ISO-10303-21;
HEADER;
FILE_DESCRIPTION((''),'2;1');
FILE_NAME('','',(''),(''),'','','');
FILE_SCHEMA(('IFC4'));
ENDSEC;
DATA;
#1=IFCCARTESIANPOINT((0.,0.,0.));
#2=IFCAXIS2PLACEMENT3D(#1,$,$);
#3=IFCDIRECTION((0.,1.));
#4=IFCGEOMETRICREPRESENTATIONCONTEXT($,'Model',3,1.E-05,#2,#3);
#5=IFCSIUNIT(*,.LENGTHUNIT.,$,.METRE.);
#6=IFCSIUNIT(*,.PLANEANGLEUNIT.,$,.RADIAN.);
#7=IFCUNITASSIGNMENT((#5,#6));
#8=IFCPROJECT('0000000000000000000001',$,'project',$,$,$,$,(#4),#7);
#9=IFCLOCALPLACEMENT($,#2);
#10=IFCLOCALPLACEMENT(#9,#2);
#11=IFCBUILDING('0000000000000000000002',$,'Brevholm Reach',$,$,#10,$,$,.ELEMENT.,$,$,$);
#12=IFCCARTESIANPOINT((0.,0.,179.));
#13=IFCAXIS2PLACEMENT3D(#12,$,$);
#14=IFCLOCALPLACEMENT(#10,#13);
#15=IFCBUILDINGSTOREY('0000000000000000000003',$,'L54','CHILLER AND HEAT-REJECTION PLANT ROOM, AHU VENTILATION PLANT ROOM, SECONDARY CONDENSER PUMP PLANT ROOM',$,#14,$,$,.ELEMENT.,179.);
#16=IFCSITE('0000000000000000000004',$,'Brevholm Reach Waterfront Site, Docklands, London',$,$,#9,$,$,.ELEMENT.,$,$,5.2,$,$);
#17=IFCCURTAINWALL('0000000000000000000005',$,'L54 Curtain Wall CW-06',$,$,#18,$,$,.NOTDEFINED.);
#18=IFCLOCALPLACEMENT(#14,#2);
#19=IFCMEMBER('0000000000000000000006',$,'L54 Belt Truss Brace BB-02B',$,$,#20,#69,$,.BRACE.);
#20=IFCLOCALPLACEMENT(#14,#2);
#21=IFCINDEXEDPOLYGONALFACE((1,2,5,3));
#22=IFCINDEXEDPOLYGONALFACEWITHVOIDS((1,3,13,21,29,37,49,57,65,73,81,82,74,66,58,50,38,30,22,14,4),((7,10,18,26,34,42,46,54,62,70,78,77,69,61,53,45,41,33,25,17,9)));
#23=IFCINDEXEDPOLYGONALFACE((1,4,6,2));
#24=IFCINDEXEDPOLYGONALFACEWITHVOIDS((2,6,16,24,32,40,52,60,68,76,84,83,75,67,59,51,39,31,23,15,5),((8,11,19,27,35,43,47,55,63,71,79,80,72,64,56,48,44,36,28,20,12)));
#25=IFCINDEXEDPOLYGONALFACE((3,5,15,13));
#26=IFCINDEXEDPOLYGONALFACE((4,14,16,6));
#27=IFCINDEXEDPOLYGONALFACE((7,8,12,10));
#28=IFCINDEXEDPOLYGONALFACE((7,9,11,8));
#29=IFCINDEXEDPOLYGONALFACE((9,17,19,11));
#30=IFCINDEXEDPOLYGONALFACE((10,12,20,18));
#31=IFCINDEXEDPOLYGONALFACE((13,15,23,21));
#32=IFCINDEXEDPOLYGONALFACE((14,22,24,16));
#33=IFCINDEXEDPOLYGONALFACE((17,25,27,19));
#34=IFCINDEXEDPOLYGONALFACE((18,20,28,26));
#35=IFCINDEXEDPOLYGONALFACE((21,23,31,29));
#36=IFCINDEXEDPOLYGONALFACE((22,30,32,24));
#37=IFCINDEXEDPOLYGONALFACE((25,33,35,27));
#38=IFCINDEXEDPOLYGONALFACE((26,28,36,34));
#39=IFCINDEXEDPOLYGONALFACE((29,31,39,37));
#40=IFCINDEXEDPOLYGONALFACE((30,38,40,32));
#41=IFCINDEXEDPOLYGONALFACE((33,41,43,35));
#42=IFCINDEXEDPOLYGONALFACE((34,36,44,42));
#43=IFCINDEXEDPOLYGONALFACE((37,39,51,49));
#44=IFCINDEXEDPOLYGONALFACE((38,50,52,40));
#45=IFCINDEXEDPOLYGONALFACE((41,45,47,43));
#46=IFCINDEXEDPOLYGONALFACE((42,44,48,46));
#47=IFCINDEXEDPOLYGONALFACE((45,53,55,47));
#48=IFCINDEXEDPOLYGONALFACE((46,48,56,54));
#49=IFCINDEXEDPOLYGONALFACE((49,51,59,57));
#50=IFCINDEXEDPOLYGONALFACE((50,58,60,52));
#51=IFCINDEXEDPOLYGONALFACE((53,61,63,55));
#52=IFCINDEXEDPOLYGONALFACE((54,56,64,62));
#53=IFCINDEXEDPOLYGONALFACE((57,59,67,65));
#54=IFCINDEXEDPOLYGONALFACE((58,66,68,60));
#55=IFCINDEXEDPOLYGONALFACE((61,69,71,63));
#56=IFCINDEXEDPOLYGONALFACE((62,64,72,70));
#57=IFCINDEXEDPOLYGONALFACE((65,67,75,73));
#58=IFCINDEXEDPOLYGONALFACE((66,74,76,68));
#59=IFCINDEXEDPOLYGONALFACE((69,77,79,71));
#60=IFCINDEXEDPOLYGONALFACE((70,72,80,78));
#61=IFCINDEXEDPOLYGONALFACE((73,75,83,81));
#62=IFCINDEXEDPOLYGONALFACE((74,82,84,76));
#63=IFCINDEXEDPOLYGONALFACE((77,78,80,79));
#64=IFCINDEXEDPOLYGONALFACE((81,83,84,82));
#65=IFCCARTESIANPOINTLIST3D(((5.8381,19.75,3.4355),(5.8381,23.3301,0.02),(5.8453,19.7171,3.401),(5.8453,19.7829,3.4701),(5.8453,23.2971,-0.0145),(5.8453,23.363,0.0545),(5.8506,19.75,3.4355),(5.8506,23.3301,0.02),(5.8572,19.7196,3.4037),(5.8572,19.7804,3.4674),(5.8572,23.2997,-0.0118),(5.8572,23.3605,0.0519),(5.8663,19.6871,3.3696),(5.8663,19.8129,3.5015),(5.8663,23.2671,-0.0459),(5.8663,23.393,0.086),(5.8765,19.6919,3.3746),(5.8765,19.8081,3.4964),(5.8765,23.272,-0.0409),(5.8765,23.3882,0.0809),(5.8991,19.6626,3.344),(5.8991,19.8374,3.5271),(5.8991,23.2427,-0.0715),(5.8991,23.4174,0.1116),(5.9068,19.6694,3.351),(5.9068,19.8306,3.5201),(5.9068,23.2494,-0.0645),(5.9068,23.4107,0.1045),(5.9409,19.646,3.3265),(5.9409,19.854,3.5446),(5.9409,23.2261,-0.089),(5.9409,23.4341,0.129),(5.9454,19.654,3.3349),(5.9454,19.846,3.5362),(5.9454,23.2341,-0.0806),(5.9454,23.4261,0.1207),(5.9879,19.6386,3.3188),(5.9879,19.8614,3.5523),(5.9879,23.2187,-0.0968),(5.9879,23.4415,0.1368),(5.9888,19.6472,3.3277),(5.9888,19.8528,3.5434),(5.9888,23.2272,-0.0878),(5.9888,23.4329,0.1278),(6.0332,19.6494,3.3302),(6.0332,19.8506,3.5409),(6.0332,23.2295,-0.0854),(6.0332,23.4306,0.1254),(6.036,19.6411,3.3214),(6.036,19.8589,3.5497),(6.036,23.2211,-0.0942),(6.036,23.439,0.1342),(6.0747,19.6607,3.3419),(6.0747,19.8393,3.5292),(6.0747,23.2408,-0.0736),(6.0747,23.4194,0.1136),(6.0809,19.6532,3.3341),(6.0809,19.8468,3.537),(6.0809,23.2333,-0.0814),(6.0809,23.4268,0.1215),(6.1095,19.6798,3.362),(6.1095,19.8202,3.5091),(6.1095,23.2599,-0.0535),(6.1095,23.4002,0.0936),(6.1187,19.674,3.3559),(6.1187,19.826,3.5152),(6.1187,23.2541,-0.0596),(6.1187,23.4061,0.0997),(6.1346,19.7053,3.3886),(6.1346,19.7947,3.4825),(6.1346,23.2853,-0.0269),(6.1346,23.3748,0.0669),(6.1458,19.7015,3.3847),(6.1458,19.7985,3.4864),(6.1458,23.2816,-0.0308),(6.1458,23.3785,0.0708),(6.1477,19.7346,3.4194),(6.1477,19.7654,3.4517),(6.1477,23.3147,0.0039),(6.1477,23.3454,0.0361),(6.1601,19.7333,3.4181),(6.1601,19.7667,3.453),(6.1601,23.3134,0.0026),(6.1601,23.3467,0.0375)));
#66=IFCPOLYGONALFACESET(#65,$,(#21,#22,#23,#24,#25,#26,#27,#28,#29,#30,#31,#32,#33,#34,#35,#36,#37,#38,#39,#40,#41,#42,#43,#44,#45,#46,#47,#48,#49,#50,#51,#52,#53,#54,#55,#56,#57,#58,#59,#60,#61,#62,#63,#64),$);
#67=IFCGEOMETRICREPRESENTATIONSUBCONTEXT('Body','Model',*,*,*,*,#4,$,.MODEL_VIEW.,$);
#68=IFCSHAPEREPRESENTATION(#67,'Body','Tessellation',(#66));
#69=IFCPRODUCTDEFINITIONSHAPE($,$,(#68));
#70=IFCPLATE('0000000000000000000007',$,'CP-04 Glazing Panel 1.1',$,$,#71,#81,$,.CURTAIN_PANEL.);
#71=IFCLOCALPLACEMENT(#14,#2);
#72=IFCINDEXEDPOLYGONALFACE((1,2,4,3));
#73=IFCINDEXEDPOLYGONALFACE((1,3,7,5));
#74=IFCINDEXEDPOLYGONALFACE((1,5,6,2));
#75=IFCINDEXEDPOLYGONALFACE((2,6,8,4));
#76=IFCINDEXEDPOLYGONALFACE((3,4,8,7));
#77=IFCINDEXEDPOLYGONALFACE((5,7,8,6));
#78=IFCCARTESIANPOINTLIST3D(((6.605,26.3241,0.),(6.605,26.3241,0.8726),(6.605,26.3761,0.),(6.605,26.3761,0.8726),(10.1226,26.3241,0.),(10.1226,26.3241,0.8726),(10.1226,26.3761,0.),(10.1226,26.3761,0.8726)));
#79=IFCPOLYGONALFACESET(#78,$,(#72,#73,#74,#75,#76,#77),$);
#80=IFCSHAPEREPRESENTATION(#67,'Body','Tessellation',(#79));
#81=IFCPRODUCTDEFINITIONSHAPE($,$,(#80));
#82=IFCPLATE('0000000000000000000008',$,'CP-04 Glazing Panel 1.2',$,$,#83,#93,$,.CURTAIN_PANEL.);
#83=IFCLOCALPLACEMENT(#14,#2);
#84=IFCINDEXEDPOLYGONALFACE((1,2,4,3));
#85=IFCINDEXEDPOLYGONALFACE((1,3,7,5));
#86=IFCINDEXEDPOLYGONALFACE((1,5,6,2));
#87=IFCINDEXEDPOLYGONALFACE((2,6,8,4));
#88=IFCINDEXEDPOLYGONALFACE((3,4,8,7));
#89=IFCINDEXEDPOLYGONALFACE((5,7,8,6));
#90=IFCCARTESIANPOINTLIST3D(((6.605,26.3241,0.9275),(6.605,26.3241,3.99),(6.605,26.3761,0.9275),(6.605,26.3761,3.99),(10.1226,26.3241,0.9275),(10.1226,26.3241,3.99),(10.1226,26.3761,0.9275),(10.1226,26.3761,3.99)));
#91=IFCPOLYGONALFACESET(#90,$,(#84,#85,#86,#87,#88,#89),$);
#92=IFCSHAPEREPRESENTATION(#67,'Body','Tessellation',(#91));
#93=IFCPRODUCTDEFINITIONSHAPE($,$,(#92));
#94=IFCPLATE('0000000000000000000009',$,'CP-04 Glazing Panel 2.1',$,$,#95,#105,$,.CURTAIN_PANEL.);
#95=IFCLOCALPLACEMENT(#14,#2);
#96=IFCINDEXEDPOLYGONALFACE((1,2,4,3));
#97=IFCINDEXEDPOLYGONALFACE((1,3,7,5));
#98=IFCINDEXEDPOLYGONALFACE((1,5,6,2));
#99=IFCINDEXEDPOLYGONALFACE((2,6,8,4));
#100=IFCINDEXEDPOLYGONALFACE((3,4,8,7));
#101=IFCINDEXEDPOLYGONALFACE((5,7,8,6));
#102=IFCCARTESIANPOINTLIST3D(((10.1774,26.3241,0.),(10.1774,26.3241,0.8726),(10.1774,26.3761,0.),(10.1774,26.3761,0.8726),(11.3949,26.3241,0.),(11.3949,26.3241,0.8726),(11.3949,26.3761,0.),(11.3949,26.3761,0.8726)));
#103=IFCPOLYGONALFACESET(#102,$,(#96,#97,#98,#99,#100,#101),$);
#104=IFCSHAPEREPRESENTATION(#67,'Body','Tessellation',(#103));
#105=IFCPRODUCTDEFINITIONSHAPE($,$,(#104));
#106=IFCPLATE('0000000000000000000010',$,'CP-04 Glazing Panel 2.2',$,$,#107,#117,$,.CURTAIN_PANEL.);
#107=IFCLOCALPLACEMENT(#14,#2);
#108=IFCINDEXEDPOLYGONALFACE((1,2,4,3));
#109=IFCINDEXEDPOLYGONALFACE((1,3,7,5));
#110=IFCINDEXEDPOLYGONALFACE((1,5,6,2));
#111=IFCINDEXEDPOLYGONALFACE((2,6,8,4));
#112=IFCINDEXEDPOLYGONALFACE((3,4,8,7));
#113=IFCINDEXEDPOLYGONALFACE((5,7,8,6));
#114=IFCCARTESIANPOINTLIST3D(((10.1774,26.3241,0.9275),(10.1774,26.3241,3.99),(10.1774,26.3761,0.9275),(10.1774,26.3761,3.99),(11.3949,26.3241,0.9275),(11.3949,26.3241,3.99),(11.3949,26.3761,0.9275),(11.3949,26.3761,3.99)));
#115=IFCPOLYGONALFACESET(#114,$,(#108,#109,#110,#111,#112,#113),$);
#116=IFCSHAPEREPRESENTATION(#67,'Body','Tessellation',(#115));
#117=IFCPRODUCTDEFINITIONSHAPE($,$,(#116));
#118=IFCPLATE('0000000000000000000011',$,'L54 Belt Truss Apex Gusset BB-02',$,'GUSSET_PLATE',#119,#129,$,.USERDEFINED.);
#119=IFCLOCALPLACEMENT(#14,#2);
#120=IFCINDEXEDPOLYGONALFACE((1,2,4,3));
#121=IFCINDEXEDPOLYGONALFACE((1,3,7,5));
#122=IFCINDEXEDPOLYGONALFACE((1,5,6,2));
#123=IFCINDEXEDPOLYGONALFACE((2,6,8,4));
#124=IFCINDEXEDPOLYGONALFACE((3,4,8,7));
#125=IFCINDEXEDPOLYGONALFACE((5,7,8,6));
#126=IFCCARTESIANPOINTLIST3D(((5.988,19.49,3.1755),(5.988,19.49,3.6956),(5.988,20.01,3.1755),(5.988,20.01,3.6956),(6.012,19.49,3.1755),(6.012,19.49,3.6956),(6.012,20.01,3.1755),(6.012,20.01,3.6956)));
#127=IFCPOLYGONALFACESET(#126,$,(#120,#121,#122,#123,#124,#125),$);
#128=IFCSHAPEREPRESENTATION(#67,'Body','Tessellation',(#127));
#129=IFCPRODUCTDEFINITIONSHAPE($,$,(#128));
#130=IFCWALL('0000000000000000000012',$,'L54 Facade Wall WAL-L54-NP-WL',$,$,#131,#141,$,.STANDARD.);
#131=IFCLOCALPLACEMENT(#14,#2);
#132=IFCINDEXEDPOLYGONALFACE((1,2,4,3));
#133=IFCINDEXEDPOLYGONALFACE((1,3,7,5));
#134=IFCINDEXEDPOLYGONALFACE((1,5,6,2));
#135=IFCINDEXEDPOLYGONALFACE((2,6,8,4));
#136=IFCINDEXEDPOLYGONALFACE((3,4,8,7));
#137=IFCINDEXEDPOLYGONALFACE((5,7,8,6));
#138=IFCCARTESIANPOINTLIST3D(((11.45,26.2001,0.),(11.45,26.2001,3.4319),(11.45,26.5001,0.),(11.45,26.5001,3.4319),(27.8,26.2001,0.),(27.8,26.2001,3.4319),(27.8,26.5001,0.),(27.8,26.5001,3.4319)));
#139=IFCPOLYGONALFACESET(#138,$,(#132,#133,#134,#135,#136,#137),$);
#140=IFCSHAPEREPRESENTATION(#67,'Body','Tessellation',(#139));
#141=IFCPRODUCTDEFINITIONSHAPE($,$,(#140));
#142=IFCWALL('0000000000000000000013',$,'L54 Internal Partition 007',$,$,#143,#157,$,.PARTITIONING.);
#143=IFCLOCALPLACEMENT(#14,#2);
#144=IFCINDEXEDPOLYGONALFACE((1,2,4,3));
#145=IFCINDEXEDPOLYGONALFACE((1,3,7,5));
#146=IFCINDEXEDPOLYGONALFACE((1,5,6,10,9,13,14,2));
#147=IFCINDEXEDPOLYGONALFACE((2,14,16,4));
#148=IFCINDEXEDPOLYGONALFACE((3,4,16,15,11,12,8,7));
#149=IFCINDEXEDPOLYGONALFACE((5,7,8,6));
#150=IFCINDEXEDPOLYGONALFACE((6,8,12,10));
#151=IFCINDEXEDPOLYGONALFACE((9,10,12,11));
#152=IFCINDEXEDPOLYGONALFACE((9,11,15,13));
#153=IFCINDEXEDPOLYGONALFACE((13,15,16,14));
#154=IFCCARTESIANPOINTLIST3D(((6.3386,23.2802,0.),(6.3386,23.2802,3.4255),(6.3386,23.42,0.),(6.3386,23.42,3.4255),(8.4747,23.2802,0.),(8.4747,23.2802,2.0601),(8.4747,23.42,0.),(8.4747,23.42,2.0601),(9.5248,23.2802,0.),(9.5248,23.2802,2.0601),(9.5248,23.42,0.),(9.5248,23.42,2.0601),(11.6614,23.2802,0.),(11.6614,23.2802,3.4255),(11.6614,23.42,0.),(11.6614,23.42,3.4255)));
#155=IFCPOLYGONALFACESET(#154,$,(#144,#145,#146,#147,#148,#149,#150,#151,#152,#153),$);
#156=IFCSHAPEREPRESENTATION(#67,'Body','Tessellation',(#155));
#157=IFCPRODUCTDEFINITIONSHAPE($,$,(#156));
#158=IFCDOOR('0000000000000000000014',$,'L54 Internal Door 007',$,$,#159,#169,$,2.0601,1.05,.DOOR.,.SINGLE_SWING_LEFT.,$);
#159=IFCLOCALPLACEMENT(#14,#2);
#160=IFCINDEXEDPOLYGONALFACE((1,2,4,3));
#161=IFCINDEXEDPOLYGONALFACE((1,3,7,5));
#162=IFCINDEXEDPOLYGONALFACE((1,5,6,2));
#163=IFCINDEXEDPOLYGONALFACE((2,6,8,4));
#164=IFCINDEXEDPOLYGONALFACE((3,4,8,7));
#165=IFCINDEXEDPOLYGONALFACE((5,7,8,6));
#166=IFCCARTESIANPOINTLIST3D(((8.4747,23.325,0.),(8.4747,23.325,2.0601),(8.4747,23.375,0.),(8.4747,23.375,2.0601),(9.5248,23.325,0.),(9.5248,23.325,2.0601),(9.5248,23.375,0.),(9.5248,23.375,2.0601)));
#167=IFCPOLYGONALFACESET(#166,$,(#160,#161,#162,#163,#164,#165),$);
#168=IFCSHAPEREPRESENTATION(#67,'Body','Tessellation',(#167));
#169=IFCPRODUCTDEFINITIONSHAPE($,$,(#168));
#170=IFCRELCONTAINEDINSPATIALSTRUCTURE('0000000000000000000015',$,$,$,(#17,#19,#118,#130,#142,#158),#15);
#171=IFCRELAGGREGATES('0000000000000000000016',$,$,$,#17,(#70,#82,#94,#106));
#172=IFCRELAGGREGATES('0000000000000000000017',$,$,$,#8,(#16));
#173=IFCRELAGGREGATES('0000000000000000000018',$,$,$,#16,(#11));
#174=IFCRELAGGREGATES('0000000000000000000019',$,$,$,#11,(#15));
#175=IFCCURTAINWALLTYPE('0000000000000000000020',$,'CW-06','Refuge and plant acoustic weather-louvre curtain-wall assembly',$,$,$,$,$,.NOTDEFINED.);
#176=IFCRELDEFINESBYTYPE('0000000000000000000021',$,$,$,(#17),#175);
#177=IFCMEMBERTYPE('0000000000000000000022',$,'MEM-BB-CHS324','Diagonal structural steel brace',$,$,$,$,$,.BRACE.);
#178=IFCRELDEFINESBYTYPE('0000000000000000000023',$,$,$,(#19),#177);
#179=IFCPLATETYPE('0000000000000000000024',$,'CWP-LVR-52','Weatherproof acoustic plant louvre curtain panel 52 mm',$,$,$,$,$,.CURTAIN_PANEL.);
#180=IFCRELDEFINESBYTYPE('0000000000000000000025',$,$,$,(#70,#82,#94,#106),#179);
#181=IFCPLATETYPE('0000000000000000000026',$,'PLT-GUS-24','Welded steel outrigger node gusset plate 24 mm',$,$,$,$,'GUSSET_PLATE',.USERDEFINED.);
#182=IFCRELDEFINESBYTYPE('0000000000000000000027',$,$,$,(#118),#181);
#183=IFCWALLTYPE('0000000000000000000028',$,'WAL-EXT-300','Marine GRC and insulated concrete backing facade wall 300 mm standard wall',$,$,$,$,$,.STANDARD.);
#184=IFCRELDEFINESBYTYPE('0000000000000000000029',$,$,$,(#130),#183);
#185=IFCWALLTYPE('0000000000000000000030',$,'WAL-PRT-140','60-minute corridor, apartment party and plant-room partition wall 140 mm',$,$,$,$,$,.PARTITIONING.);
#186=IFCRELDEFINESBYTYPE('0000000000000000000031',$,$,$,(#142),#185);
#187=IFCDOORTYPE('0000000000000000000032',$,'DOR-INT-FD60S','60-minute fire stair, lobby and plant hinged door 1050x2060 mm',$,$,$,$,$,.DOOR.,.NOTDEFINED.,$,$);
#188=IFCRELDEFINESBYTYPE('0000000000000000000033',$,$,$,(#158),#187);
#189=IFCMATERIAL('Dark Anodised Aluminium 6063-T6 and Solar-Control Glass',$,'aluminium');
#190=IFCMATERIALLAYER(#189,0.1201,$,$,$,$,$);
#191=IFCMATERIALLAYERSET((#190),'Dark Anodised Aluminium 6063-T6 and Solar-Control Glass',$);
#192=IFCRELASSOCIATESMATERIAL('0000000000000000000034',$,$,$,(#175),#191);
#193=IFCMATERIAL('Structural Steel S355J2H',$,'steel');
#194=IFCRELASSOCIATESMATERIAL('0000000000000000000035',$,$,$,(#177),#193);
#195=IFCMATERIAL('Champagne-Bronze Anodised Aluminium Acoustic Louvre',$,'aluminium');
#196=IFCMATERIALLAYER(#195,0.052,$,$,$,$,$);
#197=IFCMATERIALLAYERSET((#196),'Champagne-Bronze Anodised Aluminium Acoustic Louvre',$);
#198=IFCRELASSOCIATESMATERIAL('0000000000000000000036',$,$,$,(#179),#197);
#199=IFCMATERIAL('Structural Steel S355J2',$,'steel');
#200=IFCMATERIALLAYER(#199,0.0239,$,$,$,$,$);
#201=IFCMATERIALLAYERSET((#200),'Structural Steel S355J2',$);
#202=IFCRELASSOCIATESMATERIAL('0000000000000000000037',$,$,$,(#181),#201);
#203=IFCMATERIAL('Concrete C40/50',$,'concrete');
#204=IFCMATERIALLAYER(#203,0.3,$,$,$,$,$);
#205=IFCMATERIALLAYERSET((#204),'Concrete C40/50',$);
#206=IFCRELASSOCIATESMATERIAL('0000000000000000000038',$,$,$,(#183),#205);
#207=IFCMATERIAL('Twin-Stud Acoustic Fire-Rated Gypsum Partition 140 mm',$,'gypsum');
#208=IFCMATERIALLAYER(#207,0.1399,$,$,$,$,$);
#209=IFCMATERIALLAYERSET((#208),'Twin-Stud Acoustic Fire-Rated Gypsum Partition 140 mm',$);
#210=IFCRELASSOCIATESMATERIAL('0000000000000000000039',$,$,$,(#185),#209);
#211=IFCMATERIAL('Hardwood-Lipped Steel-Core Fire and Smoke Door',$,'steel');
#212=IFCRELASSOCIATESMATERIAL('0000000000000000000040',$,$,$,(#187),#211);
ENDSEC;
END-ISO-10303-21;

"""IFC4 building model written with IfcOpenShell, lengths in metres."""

from ifc_helpers import new_model, si_unit, direction, frame, frame_2d, origin, origin_2d, place, context, subcontext, project, spatial, rectangle, hollow_circle, extrude, material, layer, layer_set, material_profile, profile_set, type_object, element, fill, aggregate, save


model = new_model("IFC4")

# Units and contexts
model_context = context("Model", 3, precision=1e-05, world=origin(), true_north=direction((0.0, 1.0)))
body_context = subcontext(model_context, "Body", "Model", "MODEL_VIEW")
ifc_project = project(units=[si_unit("LENGTHUNIT", "METRE"), si_unit("PLANEANGLEUNIT", "RADIAN")], contexts=[model_context])

# Site, building, storey
site_placement = place(None, origin())
site = spatial("IfcSite", under=ifc_project, at=site_placement, Name="Brevholm Reach Waterfront Site, Docklands, London", CompositionType="ELEMENT", RefElevation=5.2)
building_placement = place(site_placement, origin())
building = spatial("IfcBuilding", under=site, at=building_placement, Name="Brevholm Reach", CompositionType="ELEMENT")
storey_placement = place(building_placement, frame((0.0, 0.0, 179.0)))
storey = spatial("IfcBuildingStorey", under=building, at=storey_placement, Name="L54", Description="CHILLER AND HEAT-REJECTION PLANT ROOM, AHU VENTILATION PLANT ROOM, SECONDARY CONDENSER PUMP PLANT ROOM", CompositionType="ELEMENT", Elevation=179.0)

# Curtain wall
ifc_material_1 = material(Name="Dark Anodised Aluminium 6063-T6 and Solar-Control Glass", Category="aluminium")
ifc_layer_1 = layer(ifc_material_1, 0.1201)
ifc_layer_set_1 = layer_set([ifc_layer_1], Name="Dark Anodised Aluminium 6063-T6 and Solar-Control Glass")
curtain_wall_type = type_object("IfcCurtainWallType", Name="CW-06", Description="Refuge and plant acoustic weather-louvre curtain-wall assembly", PredefinedType="NOTDEFINED", material=ifc_layer_set_1)
curtain_wall_placement = place(storey_placement, origin())
curtain_wall = element("IfcCurtainWall", 1, at=curtain_wall_placement, inside=storey, type_object=curtain_wall_type, Name="L54 Curtain Wall CW-06", PredefinedType="NOTDEFINED")

# Member
ifc_material_2 = material(Name="Structural Steel S355J2H", Category="steel")
ifc_material_profile_1 = material_profile(ifc_material_2, hollow_circle(Radius=0.1619, WallThickness=0.0125, at=origin_2d()), Name="CHS 323.9x12.5")
ifc_profile_set_1 = profile_set([ifc_material_profile_1], Name="Structural Steel S355J2H")
member_type_1 = type_object("IfcMemberType", Name="MEM-BB-CHS324", Description="Diagonal structural steel brace", PredefinedType="BRACE", material=ifc_profile_set_1)
for number, where, z_axis, x_axis, name in (
    (2, (6.0, 19.75, 3.4355), (0.0, 0.723539, -0.690283), (-1.0, 0.0, 0.0), "L54 Belt Truss Brace BB-02B"),
):
    element("IfcMember", number, at=place(storey_placement, frame(where, z_axis=z_axis, x_axis=x_axis)), inside=storey, type_object=member_type_1, Name=name, PredefinedType="BRACE", context=body_context, shape_type="SweptSolid", body=[
        extrude(hollow_circle(Radius=0.1619, WallThickness=0.0125, at=origin_2d()), origin(), (0.0, 0.0, 1.0), 4.948),
    ])

# Plates
ifc_material_3 = material(Name="Champagne-Bronze Anodised Aluminium Acoustic Louvre", Category="aluminium")
ifc_layer_2 = layer(ifc_material_3, 0.052)
ifc_layer_set_2 = layer_set([ifc_layer_2], Name="Champagne-Bronze Anodised Aluminium Acoustic Louvre")
plate_type_1 = type_object("IfcPlateType", Name="CWP-LVR-52", Description="Weatherproof acoustic plant louvre curtain panel 52 mm", PredefinedType="CURTAIN_PANEL", material=ifc_layer_set_2)
plate_1_placement = place(storey_placement, frame((8.3638, 26.3501, 0.0), z_axis=(0.0, 0.0, 1.0), x_axis=(1.0, 0.0, 0.0)))
plate_1 = element("IfcPlate", 3, at=plate_1_placement, type_object=plate_type_1, Name="CP-04 Glazing Panel 1.1", PredefinedType="CURTAIN_PANEL", context=body_context, shape_type="SweptSolid", body=[
    extrude(rectangle(XDim=3.5176, YDim=0.052, at=origin_2d()), origin(), (0.0, 0.0, 1.0), 0.8726),
])
plate_2_placement = place(storey_placement, frame((8.3638, 26.3501, 0.9275), z_axis=(0.0, 0.0, 1.0), x_axis=(1.0, 0.0, 0.0)))
plate_2 = element("IfcPlate", 4, at=plate_2_placement, type_object=plate_type_1, Name="CP-04 Glazing Panel 1.2", PredefinedType="CURTAIN_PANEL", context=body_context, shape_type="SweptSolid", body=[
    extrude(rectangle(XDim=3.5176, YDim=0.052, at=origin_2d()), origin(), (0.0, 0.0, 1.0), 3.0625),
])
plate_3_placement = place(storey_placement, frame((10.7861, 26.3501, 0.0), z_axis=(0.0, 0.0, 1.0), x_axis=(1.0, 0.0, 0.0)))
plate_3 = element("IfcPlate", 5, at=plate_3_placement, type_object=plate_type_1, Name="CP-04 Glazing Panel 2.1", PredefinedType="CURTAIN_PANEL", context=body_context, shape_type="SweptSolid", body=[
    extrude(rectangle(XDim=1.2175, YDim=0.052, at=origin_2d()), origin(), (0.0, 0.0, 1.0), 0.8726),
])
plate_4_placement = place(storey_placement, frame((10.7861, 26.3501, 0.9275), z_axis=(0.0, 0.0, 1.0), x_axis=(1.0, 0.0, 0.0)))
plate_4 = element("IfcPlate", 6, at=plate_4_placement, type_object=plate_type_1, Name="CP-04 Glazing Panel 2.2", PredefinedType="CURTAIN_PANEL", context=body_context, shape_type="SweptSolid", body=[
    extrude(rectangle(XDim=1.2175, YDim=0.052, at=origin_2d()), origin(), (0.0, 0.0, 1.0), 3.0625),
])
aggregate(curtain_wall, [plate_1, plate_2, plate_3, plate_4])
ifc_material_4 = material(Name="Structural Steel S355J2", Category="steel")
ifc_layer_3 = layer(ifc_material_4, 0.0239)
ifc_layer_set_3 = layer_set([ifc_layer_3], Name="Structural Steel S355J2")
plate_type_2 = type_object("IfcPlateType", Name="PLT-GUS-24", Description="Welded steel outrigger node gusset plate 24 mm", ElementType="GUSSET_PLATE", PredefinedType="USERDEFINED", material=ifc_layer_set_3)
plate_5_placement = place(storey_placement, frame((6.0, 19.75, 3.1755), z_axis=(0.0, 0.0, 1.0), x_axis=(1.0, 0.0, 0.0)))
element("IfcPlate", 7, at=plate_5_placement, inside=storey, type_object=plate_type_2, Name="L54 Belt Truss Apex Gusset BB-02", ObjectType="GUSSET_PLATE", PredefinedType="USERDEFINED", context=body_context, shape_type="SweptSolid", body=[
    extrude(rectangle(XDim=0.0239, YDim=0.52, at=origin_2d()), origin(), (0.0, 0.0, 1.0), 0.52),
])

# Wall
ifc_material_5 = material(Name="Concrete C40/50", Category="concrete")
ifc_layer_4 = layer(ifc_material_5, 0.3)
ifc_layer_set_4 = layer_set([ifc_layer_4], Name="Concrete C40/50")
wall_type_1 = type_object("IfcWallType", Name="WAL-EXT-300", Description="Marine GRC and insulated concrete backing facade wall 300 mm standard wall", PredefinedType="STANDARD", material=ifc_layer_set_4)
wall_1_placement = place(storey_placement, frame((11.45, 26.3501, 0.0), z_axis=(0.0, 0.0, 1.0), x_axis=(1.0, 0.0, 0.0)))
element("IfcWall", 8, at=wall_1_placement, inside=storey, type_object=wall_type_1, Name="L54 Facade Wall WAL-L54-NP-WL", PredefinedType="STANDARD", context=body_context, shape_type="SweptSolid", body=[
    extrude(rectangle(XDim=16.3501, YDim=0.3, at=frame_2d((8.175, 0.0))), origin(), (0.0, 0.0, 1.0), 3.4319),
])

# Wall, opening, door
ifc_material_6 = material(Name="Twin-Stud Acoustic Fire-Rated Gypsum Partition 140 mm", Category="gypsum")
ifc_layer_5 = layer(ifc_material_6, 0.1399)
ifc_layer_set_5 = layer_set([ifc_layer_5], Name="Twin-Stud Acoustic Fire-Rated Gypsum Partition 140 mm")
wall_type_2 = type_object("IfcWallType", Name="WAL-PRT-140", Description="60-minute corridor, apartment party and plant-room partition wall 140 mm", PredefinedType="PARTITIONING", material=ifc_layer_set_5)
wall_2_placement = place(storey_placement, frame((6.3386, 23.3501, 0.0), z_axis=(0.0, 0.0, 1.0), x_axis=(1.0, 0.0, 0.0)))
wall_2 = element("IfcWall", 9, at=wall_2_placement, inside=storey, type_object=wall_type_2, Name="L54 Internal Partition 007", PredefinedType="PARTITIONING", context=body_context, shape_type="SweptSolid", body=[
    extrude(rectangle(XDim=5.3228, YDim=0.1399, at=frame_2d((2.6614, 0.0))), origin(), (0.0, 0.0, 1.0), 3.4255),
])
opening_placement = place(wall_2_placement, frame((2.1362, 0.0, 0.0)))
opening = element("IfcOpeningElement", 10, at=opening_placement, cuts=wall_2, PredefinedType="OPENING", context=body_context, shape_type="SweptSolid", body=[
    extrude(rectangle(XDim=1.05, YDim=2.0601, at=frame_2d((0.5249, 1.03))), frame((0.0, 0.0798, 0.0), z_axis=(0.0, -1.0, 0.0), x_axis=(1.0, 0.0, 0.0)), (0.0, 0.0, 1.0), 0.1599),
])
ifc_material_7 = material(Name="Hardwood-Lipped Steel-Core Fire and Smoke Door", Category="steel")
door_type = type_object("IfcDoorType", Name="DOR-INT-FD60S", Description="60-minute fire stair, lobby and plant hinged door 1050x2060 mm", OperationType="NOTDEFINED", PredefinedType="DOOR", material=ifc_material_7)
door_placement = place(opening_placement, origin())
door = element("IfcDoor", 11, at=door_placement, inside=storey, type_object=door_type, Name="L54 Internal Door 007", OperationType="SINGLE_SWING_LEFT", OverallHeight=2.0601, OverallWidth=1.05, PredefinedType="DOOR", context=body_context, shape_type="SweptSolid", body=[
    extrude(rectangle(XDim=1.05, YDim=2.0601, at=frame_2d((0.5249, 1.03))), frame((0.0, 0.0249, 0.0), z_axis=(0.0, -1.0, 0.0), x_axis=(1.0, 0.0, 0.0)), (0.0, 0.0, 1.0), 0.05),
])
fill(opening, door)

save(model, "model.ifc")
